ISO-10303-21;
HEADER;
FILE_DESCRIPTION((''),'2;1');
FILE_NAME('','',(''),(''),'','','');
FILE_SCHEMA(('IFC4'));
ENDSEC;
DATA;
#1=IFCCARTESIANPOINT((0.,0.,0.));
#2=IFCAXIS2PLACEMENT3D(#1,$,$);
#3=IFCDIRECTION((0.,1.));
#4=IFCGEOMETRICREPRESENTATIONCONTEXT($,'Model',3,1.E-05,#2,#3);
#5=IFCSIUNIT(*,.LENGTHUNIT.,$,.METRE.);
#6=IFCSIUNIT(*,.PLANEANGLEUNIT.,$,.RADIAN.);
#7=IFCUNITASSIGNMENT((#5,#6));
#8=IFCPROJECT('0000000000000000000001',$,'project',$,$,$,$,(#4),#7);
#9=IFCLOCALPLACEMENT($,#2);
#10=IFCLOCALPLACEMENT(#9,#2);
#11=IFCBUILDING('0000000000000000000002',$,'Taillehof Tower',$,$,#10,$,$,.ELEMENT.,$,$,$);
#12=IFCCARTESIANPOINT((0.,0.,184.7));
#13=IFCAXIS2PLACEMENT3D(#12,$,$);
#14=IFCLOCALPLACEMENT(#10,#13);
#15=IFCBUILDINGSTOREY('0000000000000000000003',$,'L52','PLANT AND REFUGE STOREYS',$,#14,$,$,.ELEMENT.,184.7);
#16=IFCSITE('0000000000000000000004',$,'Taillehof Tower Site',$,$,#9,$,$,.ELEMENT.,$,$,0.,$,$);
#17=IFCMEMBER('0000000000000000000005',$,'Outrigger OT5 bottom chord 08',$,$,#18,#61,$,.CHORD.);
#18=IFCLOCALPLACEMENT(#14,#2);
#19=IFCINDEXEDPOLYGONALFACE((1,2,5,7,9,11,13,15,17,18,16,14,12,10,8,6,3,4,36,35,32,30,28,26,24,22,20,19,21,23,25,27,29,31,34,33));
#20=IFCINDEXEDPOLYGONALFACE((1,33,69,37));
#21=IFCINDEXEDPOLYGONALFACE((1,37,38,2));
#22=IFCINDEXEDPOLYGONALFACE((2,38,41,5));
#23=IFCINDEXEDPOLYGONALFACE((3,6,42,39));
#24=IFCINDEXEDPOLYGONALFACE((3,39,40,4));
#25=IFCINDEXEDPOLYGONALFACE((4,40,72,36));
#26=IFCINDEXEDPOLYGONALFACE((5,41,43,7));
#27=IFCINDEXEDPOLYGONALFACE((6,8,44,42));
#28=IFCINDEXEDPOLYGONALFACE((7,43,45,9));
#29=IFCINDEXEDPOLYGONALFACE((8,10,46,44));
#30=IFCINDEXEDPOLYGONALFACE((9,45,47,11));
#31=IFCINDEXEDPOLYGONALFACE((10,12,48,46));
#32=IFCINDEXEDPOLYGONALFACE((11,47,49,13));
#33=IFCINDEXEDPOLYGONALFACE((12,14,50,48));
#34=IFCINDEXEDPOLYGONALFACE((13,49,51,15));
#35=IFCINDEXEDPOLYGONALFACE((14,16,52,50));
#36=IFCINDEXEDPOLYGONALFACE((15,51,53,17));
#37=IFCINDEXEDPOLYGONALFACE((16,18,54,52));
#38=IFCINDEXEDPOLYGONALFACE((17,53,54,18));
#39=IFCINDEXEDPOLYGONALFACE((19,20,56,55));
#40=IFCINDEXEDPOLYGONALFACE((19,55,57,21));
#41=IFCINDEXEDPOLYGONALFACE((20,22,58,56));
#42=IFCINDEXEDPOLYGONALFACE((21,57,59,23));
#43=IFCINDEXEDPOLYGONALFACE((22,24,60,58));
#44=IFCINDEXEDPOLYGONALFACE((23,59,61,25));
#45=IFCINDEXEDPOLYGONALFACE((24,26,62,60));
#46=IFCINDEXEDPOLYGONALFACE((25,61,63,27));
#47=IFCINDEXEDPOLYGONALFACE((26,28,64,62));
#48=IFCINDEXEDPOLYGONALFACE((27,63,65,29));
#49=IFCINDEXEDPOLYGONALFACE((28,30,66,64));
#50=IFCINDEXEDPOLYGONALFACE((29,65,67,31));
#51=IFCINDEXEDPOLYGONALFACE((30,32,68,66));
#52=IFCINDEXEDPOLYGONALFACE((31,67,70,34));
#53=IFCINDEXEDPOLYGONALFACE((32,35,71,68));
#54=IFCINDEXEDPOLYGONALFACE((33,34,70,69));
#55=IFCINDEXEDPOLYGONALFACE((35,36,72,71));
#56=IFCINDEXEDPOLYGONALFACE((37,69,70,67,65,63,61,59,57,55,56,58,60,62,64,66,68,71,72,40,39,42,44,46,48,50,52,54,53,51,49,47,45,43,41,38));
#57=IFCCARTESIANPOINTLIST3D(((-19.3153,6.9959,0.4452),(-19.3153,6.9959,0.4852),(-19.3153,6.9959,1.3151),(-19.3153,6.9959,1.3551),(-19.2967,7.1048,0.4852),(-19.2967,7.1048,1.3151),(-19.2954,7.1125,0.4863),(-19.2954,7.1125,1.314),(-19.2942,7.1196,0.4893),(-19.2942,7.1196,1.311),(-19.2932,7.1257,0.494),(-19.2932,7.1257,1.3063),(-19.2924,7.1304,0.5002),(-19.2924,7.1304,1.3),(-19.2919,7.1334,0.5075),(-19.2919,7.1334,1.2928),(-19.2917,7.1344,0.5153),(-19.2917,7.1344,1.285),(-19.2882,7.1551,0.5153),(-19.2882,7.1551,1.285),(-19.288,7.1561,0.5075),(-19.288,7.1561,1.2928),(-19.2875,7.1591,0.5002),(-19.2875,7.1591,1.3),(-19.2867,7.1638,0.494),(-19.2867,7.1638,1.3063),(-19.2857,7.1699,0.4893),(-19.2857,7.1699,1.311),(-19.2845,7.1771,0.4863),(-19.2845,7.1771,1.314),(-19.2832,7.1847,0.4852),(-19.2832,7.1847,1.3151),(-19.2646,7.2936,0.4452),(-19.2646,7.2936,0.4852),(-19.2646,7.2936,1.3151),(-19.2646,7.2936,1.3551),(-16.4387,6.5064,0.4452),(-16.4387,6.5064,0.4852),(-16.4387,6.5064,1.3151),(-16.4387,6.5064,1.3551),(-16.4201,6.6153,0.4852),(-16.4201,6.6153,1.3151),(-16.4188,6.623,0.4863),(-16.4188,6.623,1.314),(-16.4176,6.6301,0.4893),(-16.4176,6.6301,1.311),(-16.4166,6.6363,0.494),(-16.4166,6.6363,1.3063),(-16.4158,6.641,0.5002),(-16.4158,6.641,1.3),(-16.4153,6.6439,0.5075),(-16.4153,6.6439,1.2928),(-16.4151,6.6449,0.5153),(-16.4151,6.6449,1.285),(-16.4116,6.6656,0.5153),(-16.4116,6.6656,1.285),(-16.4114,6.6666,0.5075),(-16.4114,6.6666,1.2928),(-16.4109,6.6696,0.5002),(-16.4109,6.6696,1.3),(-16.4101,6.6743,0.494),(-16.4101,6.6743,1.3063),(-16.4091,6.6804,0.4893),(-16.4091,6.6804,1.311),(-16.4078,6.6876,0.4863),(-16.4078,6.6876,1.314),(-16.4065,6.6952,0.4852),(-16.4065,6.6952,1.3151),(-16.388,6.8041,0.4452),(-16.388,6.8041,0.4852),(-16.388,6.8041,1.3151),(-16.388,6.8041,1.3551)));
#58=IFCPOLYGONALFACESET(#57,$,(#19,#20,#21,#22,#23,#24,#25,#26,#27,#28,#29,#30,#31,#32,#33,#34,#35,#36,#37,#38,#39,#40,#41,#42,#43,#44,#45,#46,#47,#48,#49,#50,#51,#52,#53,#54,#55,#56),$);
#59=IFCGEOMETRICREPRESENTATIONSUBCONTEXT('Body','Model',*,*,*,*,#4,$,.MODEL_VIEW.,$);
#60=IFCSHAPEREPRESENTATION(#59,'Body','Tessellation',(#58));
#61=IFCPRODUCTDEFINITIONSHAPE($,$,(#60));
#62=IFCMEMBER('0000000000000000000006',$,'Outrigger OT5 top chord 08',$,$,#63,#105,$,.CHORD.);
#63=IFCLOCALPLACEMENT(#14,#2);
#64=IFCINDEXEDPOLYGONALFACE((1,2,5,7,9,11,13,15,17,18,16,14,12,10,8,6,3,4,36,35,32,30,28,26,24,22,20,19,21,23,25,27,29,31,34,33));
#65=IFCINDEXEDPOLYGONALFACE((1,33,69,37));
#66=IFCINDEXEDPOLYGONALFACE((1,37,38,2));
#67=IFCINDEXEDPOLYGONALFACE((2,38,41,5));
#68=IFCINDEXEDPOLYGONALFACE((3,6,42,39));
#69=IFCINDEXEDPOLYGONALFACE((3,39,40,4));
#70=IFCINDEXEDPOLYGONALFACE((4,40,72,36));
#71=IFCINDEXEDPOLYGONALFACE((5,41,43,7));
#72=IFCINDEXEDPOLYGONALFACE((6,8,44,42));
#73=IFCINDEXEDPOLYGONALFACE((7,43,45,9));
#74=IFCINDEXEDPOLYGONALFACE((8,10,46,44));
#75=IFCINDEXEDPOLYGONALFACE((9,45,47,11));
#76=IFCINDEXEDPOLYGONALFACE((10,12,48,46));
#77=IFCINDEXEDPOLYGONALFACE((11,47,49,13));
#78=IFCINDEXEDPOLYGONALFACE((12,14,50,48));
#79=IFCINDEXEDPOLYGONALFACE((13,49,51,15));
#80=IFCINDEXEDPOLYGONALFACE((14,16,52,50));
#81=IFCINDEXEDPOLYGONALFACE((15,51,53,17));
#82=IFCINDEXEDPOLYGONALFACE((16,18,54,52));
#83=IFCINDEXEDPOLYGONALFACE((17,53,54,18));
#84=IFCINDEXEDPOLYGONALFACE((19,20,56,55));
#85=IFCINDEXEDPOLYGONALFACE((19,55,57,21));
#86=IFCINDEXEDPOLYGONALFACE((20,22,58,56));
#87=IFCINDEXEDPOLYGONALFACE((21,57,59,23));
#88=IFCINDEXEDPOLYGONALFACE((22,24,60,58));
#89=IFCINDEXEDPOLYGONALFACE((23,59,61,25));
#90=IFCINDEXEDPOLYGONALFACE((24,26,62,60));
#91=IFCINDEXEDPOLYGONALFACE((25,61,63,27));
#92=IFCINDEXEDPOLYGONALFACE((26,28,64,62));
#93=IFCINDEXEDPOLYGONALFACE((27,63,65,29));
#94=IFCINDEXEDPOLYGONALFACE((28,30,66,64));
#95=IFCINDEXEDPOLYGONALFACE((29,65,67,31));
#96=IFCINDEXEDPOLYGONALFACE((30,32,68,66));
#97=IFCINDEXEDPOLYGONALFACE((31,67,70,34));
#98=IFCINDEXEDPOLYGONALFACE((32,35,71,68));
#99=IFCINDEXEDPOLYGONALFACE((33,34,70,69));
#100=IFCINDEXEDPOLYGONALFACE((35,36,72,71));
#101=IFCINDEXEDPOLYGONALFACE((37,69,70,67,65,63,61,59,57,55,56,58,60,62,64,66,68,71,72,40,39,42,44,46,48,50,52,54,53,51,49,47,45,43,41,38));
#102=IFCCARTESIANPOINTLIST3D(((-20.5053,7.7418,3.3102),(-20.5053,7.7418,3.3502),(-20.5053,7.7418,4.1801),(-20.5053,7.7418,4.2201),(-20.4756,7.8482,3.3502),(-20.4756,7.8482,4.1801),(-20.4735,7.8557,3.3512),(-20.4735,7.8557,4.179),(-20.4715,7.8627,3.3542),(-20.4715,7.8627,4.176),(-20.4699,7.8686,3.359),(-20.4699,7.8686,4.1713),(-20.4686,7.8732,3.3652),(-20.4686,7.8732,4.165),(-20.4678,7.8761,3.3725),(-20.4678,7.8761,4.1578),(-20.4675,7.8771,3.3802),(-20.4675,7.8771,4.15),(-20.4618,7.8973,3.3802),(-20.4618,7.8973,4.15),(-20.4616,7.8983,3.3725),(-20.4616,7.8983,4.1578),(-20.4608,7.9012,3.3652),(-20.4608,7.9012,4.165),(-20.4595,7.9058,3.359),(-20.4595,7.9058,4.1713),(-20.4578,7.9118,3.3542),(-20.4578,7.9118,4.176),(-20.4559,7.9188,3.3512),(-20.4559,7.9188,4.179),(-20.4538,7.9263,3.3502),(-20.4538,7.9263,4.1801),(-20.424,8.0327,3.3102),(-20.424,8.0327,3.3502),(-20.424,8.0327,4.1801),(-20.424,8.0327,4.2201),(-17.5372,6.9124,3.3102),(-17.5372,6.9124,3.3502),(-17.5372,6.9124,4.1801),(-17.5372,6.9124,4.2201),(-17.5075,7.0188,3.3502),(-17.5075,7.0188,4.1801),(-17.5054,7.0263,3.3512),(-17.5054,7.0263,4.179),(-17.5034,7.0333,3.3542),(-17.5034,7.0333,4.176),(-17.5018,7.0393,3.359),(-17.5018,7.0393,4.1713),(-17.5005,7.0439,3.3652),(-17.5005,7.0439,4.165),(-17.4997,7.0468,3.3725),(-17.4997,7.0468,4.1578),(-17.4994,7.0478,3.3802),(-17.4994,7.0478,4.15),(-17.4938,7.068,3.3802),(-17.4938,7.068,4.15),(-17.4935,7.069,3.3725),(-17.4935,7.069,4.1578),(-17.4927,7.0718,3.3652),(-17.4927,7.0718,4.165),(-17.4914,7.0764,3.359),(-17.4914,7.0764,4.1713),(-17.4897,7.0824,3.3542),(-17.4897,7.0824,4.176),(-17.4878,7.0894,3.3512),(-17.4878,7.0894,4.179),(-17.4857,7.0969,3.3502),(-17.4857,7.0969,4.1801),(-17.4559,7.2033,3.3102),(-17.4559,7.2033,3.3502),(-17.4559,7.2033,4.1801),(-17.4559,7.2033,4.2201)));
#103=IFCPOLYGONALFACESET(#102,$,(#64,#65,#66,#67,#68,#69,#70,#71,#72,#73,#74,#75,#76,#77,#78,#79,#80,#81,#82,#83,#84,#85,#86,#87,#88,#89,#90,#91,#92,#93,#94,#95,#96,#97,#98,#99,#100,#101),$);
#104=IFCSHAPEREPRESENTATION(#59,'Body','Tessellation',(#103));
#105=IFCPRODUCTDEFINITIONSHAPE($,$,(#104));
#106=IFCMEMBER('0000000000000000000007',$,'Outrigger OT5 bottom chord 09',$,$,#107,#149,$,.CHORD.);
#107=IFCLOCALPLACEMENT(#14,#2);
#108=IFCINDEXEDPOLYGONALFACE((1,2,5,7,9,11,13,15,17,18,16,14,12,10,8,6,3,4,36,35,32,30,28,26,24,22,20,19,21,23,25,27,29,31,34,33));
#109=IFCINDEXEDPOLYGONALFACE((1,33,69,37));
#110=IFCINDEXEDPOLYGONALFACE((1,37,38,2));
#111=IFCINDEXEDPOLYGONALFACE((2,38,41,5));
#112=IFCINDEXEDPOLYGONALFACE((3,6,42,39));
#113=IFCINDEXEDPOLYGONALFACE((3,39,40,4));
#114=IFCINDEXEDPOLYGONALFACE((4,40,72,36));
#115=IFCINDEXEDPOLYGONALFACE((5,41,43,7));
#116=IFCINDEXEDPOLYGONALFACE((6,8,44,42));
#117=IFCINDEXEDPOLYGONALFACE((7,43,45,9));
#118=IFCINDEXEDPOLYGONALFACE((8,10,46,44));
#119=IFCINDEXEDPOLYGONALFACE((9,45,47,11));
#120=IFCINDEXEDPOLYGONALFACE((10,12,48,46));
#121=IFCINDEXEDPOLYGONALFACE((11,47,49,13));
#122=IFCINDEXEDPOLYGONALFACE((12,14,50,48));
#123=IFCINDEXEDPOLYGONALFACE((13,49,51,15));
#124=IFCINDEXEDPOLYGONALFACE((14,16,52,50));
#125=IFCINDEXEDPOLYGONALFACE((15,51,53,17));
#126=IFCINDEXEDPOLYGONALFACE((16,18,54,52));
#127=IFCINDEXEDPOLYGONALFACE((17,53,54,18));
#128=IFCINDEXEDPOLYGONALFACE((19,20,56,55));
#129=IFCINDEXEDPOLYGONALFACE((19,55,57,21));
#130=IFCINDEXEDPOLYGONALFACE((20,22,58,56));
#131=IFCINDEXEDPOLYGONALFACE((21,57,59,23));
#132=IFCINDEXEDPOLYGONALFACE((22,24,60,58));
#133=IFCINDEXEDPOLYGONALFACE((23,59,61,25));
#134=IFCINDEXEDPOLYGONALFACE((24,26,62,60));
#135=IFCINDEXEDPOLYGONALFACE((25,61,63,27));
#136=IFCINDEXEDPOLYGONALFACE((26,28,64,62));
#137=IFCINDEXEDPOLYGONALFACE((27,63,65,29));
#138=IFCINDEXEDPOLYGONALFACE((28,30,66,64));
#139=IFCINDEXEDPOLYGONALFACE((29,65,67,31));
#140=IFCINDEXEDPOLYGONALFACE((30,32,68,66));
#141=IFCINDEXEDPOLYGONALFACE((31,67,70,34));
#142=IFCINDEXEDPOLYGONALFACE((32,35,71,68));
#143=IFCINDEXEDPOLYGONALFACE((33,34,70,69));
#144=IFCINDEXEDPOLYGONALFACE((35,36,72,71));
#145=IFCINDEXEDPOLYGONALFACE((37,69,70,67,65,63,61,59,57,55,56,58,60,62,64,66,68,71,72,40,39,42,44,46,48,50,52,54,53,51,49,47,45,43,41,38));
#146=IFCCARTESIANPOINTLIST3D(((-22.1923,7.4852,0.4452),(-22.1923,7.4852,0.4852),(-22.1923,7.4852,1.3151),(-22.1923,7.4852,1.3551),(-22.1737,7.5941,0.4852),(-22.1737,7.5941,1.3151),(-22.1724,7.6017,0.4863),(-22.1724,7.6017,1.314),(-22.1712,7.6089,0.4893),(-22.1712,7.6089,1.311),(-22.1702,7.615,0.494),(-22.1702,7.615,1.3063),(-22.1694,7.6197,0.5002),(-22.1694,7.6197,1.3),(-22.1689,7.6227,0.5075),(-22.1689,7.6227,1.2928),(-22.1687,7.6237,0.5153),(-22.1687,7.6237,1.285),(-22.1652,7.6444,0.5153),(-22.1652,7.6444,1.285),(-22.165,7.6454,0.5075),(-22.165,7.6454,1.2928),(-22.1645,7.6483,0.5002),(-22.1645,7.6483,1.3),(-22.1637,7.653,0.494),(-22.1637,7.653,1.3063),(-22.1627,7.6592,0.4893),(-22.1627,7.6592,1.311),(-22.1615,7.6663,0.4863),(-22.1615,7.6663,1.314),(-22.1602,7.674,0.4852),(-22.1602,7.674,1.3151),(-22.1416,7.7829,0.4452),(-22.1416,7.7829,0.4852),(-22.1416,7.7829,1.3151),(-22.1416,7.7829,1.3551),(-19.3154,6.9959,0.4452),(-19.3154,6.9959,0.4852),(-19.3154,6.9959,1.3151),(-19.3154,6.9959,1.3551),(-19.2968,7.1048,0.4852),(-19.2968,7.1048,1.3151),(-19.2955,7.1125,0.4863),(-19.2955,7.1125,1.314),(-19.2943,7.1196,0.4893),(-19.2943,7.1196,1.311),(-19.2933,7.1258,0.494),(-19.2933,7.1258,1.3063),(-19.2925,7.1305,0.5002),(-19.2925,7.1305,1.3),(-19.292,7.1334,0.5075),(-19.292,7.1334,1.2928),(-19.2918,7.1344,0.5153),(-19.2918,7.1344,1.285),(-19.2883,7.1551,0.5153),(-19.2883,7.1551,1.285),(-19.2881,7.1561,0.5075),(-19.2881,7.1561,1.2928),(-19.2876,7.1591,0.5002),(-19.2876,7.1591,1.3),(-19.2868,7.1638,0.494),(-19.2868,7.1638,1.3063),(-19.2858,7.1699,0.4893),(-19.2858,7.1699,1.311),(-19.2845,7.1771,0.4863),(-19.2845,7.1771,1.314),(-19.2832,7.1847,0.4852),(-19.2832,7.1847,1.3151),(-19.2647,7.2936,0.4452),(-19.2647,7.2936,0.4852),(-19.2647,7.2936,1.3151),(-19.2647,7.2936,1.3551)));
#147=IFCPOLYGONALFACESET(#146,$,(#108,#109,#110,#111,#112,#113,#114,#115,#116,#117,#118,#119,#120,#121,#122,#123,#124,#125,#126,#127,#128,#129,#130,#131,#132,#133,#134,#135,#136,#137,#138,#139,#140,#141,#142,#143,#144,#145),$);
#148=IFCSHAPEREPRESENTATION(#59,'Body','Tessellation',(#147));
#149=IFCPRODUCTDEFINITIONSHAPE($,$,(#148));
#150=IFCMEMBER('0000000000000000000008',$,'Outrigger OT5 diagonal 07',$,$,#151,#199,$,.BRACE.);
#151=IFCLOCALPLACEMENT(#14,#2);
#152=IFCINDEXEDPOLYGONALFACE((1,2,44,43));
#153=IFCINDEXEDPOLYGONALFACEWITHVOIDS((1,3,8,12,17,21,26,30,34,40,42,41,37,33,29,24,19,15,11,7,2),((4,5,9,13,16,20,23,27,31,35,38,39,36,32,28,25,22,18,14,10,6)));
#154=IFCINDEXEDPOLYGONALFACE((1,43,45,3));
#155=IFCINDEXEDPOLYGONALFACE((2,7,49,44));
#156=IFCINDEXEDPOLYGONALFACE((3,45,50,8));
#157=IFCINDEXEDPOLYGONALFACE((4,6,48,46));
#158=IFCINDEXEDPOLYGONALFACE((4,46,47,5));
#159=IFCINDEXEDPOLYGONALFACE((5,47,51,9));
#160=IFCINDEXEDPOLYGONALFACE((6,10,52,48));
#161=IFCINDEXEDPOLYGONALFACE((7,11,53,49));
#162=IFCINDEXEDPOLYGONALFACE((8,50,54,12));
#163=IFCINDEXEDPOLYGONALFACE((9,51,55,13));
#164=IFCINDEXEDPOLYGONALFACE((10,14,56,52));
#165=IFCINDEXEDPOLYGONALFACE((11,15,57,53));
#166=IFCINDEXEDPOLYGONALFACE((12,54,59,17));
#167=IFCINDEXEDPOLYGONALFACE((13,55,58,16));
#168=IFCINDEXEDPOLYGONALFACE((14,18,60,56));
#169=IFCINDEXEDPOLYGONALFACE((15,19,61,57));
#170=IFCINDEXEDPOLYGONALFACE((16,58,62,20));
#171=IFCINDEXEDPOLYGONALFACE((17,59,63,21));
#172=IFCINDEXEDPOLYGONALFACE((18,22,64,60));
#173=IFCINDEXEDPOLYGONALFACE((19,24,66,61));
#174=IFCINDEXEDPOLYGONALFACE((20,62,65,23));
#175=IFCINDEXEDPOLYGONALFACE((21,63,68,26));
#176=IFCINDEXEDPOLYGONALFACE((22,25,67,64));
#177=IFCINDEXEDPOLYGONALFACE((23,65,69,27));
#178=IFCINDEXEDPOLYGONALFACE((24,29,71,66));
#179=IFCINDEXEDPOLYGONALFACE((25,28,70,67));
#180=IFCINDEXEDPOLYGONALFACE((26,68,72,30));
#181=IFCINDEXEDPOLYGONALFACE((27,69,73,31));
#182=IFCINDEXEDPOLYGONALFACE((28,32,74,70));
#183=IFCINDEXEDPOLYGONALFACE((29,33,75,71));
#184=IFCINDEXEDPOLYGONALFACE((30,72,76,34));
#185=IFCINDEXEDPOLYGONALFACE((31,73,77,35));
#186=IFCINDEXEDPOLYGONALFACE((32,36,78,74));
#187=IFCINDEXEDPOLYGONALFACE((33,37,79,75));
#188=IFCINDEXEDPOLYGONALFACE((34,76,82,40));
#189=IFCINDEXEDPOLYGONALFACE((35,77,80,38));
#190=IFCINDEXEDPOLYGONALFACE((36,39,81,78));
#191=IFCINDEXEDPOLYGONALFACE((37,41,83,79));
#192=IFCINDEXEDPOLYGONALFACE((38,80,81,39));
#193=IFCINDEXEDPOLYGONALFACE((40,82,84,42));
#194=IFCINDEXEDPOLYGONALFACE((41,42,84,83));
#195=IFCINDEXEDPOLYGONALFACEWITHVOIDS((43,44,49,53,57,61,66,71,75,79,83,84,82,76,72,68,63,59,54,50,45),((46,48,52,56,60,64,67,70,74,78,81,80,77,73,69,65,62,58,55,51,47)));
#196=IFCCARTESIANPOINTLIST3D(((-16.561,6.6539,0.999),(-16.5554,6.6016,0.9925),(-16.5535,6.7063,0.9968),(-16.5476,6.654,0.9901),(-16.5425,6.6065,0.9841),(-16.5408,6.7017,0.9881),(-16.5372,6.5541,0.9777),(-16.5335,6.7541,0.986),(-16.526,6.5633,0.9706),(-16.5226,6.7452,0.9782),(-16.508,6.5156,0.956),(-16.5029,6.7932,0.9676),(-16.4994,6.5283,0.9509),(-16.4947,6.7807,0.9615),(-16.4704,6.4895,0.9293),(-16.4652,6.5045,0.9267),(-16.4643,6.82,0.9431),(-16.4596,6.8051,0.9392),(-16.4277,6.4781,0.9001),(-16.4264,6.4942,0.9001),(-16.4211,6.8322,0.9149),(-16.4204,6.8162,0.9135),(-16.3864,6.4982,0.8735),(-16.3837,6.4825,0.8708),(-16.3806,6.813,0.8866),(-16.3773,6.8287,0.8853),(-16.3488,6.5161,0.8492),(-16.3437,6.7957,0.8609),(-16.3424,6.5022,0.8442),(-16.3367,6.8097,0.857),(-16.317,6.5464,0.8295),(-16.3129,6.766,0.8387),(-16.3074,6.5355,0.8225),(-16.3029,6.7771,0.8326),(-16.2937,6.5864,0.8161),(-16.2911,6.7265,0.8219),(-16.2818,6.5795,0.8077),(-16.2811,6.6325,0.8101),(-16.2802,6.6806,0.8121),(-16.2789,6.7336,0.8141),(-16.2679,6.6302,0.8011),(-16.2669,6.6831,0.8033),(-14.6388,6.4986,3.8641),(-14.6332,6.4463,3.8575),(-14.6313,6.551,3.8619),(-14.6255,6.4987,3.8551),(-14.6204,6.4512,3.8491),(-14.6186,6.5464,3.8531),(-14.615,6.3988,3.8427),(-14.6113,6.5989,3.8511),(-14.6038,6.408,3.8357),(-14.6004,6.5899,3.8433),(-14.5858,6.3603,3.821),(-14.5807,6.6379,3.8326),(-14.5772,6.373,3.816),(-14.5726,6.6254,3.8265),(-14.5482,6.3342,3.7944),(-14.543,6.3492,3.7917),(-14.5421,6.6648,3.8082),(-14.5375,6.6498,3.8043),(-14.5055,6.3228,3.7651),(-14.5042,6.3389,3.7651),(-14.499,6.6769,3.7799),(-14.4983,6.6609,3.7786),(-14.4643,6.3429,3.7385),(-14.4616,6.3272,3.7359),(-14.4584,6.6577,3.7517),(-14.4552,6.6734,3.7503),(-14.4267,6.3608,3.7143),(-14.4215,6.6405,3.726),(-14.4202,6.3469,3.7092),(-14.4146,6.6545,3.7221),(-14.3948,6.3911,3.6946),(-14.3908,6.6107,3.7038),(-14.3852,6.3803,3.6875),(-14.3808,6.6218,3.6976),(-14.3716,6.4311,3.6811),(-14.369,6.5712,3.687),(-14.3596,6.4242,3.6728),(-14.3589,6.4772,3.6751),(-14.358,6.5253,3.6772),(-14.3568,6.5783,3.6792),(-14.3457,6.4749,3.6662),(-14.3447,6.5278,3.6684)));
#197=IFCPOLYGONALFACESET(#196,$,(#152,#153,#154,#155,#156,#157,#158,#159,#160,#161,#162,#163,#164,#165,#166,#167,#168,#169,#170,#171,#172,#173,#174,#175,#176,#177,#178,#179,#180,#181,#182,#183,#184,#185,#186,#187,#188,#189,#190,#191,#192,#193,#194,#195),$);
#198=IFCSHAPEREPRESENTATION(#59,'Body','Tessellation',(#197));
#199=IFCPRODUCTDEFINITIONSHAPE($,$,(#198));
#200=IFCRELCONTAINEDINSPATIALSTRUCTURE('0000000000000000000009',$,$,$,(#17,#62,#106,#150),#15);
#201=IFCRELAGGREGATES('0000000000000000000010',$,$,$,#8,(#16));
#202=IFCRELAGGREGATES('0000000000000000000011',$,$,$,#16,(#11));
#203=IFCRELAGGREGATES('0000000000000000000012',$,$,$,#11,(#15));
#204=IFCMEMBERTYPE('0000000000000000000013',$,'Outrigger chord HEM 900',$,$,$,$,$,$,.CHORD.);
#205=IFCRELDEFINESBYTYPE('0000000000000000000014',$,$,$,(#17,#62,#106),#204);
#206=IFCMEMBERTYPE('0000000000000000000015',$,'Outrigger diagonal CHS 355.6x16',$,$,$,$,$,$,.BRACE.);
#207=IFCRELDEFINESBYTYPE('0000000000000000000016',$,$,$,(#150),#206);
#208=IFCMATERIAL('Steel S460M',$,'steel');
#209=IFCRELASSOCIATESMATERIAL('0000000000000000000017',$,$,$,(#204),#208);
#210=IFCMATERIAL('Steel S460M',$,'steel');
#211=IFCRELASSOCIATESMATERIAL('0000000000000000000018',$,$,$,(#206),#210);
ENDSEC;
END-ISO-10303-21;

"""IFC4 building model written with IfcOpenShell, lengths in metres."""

from ifc_helpers import new_model, si_unit, direction, frame, origin, origin_2d, place, context, subcontext, project, spatial, hollow_circle, i_section, extrude, material, material_profile, profile_set, type_object, element, save


model = new_model("IFC4")

# Units and contexts
model_context = context("Model", 3, precision=1e-05, world=origin(), true_north=direction((0.0, 1.0)))
body_context = subcontext(model_context, "Body", "Model", "MODEL_VIEW")
ifc_project = project(units=[si_unit("LENGTHUNIT", "METRE"), si_unit("PLANEANGLEUNIT", "RADIAN")], contexts=[model_context])

# Site, building, storey
site_placement = place(None, origin())
site = spatial("IfcSite", under=ifc_project, at=site_placement, Name="Taillehof Tower Site", CompositionType="ELEMENT", RefElevation=0.0)
building_placement = place(site_placement, origin())
building = spatial("IfcBuilding", under=site, at=building_placement, Name="Taillehof Tower", CompositionType="ELEMENT")
storey_placement = place(building_placement, frame((0.0, 0.0, 184.7)))
storey = spatial("IfcBuildingStorey", under=building, at=storey_placement, Name="L52", Description="PLANT AND REFUGE STOREYS", CompositionType="ELEMENT", Elevation=184.7)

# Members
ifc_material_1 = material(Name="Steel S460M", Category="steel")
ifc_material_profile_1 = material_profile(ifc_material_1, i_section(OverallWidth=0.302, OverallDepth=0.9099, WebThickness=0.021, FlangeThickness=0.04, FilletRadius=0.03, at=origin_2d()), Name="HEM 900")
ifc_profile_set_1 = profile_set([ifc_material_profile_1], Name="Steel S460M")
member_type_1 = type_object("IfcMemberType", Name="Outrigger chord HEM 900", PredefinedType="CHORD", material=ifc_profile_set_1)
member_1_placement = place(storey_placement, frame((-16.4133, 6.6553, 0.9001), z_axis=(-0.98583, 0.167749, 0.0), x_axis=(-0.167749, -0.98583, 0.0)))
element("IfcMember", 1, at=member_1_placement, inside=storey, type_object=member_type_1, Name="Outrigger OT5 bottom chord 08", PredefinedType="CHORD", context=body_context, shape_type="SweptSolid", body=[
    extrude(i_section(OverallWidth=0.302, OverallDepth=0.9099, WebThickness=0.021, FlangeThickness=0.04, FilletRadius=0.03, at=origin_2d()), origin(), (0.0, 0.0, 1.0), 2.918),
])
member_2_placement = place(storey_placement, frame((-17.4966, 7.0579, 3.7651), z_axis=(-0.963107, 0.269119, 0.0), x_axis=(-0.269119, -0.963107, 0.0)))
element("IfcMember", 2, at=member_2_placement, inside=storey, type_object=member_type_1, Name="Outrigger OT5 top chord 08", PredefinedType="CHORD", context=body_context, shape_type="SweptSolid", body=[
    extrude(i_section(OverallWidth=0.302, OverallDepth=0.9099, WebThickness=0.021, FlangeThickness=0.04, FilletRadius=0.03, at=origin_2d()), origin(), (0.0, 0.0, 1.0), 3.0818),
])
member_3_placement = place(storey_placement, frame((-19.29, 7.1448, 0.9001), z_axis=(-0.985846, 0.167654, 0.0), x_axis=(-0.167654, -0.985846, 0.0)))
element("IfcMember", 3, at=member_3_placement, inside=storey, type_object=member_type_1, Name="Outrigger OT5 bottom chord 09", PredefinedType="CHORD", context=body_context, shape_type="SweptSolid", body=[
    extrude(i_section(OverallWidth=0.302, OverallDepth=0.9099, WebThickness=0.021, FlangeThickness=0.04, FilletRadius=0.03, at=origin_2d()), origin(), (0.0, 0.0, 1.0), 2.9182),
])
ifc_material_2 = material(Name="Steel S460M", Category="steel")
ifc_material_profile_2 = material_profile(ifc_material_2, hollow_circle(Radius=0.1777, WallThickness=0.0161, at=origin_2d()), Name="CHS 355.6x16")
ifc_profile_set_2 = profile_set([ifc_material_profile_2], Name="Steel S460M")
member_type_2 = type_object("IfcMemberType", Name="Outrigger diagonal CHS 355.6x16", PredefinedType="BRACE", material=ifc_profile_set_2)
member_4_placement = place(storey_placement, frame((-14.4912, 6.5, 3.7651), z_axis=(-0.556568, 0.044961, -0.829585), x_axis=(-0.08052, -0.996753, 0.0)))
element("IfcMember", 4, at=member_4_placement, inside=storey, type_object=member_type_2, Name="Outrigger OT5 diagonal 07", PredefinedType="BRACE", context=body_context, shape_type="SweptSolid", body=[
    extrude(hollow_circle(Radius=0.1777, WallThickness=0.0161, at=origin_2d()), origin(), (0.0, 0.0, 1.0), 3.4536),
])

save(model, "model.ifc")
